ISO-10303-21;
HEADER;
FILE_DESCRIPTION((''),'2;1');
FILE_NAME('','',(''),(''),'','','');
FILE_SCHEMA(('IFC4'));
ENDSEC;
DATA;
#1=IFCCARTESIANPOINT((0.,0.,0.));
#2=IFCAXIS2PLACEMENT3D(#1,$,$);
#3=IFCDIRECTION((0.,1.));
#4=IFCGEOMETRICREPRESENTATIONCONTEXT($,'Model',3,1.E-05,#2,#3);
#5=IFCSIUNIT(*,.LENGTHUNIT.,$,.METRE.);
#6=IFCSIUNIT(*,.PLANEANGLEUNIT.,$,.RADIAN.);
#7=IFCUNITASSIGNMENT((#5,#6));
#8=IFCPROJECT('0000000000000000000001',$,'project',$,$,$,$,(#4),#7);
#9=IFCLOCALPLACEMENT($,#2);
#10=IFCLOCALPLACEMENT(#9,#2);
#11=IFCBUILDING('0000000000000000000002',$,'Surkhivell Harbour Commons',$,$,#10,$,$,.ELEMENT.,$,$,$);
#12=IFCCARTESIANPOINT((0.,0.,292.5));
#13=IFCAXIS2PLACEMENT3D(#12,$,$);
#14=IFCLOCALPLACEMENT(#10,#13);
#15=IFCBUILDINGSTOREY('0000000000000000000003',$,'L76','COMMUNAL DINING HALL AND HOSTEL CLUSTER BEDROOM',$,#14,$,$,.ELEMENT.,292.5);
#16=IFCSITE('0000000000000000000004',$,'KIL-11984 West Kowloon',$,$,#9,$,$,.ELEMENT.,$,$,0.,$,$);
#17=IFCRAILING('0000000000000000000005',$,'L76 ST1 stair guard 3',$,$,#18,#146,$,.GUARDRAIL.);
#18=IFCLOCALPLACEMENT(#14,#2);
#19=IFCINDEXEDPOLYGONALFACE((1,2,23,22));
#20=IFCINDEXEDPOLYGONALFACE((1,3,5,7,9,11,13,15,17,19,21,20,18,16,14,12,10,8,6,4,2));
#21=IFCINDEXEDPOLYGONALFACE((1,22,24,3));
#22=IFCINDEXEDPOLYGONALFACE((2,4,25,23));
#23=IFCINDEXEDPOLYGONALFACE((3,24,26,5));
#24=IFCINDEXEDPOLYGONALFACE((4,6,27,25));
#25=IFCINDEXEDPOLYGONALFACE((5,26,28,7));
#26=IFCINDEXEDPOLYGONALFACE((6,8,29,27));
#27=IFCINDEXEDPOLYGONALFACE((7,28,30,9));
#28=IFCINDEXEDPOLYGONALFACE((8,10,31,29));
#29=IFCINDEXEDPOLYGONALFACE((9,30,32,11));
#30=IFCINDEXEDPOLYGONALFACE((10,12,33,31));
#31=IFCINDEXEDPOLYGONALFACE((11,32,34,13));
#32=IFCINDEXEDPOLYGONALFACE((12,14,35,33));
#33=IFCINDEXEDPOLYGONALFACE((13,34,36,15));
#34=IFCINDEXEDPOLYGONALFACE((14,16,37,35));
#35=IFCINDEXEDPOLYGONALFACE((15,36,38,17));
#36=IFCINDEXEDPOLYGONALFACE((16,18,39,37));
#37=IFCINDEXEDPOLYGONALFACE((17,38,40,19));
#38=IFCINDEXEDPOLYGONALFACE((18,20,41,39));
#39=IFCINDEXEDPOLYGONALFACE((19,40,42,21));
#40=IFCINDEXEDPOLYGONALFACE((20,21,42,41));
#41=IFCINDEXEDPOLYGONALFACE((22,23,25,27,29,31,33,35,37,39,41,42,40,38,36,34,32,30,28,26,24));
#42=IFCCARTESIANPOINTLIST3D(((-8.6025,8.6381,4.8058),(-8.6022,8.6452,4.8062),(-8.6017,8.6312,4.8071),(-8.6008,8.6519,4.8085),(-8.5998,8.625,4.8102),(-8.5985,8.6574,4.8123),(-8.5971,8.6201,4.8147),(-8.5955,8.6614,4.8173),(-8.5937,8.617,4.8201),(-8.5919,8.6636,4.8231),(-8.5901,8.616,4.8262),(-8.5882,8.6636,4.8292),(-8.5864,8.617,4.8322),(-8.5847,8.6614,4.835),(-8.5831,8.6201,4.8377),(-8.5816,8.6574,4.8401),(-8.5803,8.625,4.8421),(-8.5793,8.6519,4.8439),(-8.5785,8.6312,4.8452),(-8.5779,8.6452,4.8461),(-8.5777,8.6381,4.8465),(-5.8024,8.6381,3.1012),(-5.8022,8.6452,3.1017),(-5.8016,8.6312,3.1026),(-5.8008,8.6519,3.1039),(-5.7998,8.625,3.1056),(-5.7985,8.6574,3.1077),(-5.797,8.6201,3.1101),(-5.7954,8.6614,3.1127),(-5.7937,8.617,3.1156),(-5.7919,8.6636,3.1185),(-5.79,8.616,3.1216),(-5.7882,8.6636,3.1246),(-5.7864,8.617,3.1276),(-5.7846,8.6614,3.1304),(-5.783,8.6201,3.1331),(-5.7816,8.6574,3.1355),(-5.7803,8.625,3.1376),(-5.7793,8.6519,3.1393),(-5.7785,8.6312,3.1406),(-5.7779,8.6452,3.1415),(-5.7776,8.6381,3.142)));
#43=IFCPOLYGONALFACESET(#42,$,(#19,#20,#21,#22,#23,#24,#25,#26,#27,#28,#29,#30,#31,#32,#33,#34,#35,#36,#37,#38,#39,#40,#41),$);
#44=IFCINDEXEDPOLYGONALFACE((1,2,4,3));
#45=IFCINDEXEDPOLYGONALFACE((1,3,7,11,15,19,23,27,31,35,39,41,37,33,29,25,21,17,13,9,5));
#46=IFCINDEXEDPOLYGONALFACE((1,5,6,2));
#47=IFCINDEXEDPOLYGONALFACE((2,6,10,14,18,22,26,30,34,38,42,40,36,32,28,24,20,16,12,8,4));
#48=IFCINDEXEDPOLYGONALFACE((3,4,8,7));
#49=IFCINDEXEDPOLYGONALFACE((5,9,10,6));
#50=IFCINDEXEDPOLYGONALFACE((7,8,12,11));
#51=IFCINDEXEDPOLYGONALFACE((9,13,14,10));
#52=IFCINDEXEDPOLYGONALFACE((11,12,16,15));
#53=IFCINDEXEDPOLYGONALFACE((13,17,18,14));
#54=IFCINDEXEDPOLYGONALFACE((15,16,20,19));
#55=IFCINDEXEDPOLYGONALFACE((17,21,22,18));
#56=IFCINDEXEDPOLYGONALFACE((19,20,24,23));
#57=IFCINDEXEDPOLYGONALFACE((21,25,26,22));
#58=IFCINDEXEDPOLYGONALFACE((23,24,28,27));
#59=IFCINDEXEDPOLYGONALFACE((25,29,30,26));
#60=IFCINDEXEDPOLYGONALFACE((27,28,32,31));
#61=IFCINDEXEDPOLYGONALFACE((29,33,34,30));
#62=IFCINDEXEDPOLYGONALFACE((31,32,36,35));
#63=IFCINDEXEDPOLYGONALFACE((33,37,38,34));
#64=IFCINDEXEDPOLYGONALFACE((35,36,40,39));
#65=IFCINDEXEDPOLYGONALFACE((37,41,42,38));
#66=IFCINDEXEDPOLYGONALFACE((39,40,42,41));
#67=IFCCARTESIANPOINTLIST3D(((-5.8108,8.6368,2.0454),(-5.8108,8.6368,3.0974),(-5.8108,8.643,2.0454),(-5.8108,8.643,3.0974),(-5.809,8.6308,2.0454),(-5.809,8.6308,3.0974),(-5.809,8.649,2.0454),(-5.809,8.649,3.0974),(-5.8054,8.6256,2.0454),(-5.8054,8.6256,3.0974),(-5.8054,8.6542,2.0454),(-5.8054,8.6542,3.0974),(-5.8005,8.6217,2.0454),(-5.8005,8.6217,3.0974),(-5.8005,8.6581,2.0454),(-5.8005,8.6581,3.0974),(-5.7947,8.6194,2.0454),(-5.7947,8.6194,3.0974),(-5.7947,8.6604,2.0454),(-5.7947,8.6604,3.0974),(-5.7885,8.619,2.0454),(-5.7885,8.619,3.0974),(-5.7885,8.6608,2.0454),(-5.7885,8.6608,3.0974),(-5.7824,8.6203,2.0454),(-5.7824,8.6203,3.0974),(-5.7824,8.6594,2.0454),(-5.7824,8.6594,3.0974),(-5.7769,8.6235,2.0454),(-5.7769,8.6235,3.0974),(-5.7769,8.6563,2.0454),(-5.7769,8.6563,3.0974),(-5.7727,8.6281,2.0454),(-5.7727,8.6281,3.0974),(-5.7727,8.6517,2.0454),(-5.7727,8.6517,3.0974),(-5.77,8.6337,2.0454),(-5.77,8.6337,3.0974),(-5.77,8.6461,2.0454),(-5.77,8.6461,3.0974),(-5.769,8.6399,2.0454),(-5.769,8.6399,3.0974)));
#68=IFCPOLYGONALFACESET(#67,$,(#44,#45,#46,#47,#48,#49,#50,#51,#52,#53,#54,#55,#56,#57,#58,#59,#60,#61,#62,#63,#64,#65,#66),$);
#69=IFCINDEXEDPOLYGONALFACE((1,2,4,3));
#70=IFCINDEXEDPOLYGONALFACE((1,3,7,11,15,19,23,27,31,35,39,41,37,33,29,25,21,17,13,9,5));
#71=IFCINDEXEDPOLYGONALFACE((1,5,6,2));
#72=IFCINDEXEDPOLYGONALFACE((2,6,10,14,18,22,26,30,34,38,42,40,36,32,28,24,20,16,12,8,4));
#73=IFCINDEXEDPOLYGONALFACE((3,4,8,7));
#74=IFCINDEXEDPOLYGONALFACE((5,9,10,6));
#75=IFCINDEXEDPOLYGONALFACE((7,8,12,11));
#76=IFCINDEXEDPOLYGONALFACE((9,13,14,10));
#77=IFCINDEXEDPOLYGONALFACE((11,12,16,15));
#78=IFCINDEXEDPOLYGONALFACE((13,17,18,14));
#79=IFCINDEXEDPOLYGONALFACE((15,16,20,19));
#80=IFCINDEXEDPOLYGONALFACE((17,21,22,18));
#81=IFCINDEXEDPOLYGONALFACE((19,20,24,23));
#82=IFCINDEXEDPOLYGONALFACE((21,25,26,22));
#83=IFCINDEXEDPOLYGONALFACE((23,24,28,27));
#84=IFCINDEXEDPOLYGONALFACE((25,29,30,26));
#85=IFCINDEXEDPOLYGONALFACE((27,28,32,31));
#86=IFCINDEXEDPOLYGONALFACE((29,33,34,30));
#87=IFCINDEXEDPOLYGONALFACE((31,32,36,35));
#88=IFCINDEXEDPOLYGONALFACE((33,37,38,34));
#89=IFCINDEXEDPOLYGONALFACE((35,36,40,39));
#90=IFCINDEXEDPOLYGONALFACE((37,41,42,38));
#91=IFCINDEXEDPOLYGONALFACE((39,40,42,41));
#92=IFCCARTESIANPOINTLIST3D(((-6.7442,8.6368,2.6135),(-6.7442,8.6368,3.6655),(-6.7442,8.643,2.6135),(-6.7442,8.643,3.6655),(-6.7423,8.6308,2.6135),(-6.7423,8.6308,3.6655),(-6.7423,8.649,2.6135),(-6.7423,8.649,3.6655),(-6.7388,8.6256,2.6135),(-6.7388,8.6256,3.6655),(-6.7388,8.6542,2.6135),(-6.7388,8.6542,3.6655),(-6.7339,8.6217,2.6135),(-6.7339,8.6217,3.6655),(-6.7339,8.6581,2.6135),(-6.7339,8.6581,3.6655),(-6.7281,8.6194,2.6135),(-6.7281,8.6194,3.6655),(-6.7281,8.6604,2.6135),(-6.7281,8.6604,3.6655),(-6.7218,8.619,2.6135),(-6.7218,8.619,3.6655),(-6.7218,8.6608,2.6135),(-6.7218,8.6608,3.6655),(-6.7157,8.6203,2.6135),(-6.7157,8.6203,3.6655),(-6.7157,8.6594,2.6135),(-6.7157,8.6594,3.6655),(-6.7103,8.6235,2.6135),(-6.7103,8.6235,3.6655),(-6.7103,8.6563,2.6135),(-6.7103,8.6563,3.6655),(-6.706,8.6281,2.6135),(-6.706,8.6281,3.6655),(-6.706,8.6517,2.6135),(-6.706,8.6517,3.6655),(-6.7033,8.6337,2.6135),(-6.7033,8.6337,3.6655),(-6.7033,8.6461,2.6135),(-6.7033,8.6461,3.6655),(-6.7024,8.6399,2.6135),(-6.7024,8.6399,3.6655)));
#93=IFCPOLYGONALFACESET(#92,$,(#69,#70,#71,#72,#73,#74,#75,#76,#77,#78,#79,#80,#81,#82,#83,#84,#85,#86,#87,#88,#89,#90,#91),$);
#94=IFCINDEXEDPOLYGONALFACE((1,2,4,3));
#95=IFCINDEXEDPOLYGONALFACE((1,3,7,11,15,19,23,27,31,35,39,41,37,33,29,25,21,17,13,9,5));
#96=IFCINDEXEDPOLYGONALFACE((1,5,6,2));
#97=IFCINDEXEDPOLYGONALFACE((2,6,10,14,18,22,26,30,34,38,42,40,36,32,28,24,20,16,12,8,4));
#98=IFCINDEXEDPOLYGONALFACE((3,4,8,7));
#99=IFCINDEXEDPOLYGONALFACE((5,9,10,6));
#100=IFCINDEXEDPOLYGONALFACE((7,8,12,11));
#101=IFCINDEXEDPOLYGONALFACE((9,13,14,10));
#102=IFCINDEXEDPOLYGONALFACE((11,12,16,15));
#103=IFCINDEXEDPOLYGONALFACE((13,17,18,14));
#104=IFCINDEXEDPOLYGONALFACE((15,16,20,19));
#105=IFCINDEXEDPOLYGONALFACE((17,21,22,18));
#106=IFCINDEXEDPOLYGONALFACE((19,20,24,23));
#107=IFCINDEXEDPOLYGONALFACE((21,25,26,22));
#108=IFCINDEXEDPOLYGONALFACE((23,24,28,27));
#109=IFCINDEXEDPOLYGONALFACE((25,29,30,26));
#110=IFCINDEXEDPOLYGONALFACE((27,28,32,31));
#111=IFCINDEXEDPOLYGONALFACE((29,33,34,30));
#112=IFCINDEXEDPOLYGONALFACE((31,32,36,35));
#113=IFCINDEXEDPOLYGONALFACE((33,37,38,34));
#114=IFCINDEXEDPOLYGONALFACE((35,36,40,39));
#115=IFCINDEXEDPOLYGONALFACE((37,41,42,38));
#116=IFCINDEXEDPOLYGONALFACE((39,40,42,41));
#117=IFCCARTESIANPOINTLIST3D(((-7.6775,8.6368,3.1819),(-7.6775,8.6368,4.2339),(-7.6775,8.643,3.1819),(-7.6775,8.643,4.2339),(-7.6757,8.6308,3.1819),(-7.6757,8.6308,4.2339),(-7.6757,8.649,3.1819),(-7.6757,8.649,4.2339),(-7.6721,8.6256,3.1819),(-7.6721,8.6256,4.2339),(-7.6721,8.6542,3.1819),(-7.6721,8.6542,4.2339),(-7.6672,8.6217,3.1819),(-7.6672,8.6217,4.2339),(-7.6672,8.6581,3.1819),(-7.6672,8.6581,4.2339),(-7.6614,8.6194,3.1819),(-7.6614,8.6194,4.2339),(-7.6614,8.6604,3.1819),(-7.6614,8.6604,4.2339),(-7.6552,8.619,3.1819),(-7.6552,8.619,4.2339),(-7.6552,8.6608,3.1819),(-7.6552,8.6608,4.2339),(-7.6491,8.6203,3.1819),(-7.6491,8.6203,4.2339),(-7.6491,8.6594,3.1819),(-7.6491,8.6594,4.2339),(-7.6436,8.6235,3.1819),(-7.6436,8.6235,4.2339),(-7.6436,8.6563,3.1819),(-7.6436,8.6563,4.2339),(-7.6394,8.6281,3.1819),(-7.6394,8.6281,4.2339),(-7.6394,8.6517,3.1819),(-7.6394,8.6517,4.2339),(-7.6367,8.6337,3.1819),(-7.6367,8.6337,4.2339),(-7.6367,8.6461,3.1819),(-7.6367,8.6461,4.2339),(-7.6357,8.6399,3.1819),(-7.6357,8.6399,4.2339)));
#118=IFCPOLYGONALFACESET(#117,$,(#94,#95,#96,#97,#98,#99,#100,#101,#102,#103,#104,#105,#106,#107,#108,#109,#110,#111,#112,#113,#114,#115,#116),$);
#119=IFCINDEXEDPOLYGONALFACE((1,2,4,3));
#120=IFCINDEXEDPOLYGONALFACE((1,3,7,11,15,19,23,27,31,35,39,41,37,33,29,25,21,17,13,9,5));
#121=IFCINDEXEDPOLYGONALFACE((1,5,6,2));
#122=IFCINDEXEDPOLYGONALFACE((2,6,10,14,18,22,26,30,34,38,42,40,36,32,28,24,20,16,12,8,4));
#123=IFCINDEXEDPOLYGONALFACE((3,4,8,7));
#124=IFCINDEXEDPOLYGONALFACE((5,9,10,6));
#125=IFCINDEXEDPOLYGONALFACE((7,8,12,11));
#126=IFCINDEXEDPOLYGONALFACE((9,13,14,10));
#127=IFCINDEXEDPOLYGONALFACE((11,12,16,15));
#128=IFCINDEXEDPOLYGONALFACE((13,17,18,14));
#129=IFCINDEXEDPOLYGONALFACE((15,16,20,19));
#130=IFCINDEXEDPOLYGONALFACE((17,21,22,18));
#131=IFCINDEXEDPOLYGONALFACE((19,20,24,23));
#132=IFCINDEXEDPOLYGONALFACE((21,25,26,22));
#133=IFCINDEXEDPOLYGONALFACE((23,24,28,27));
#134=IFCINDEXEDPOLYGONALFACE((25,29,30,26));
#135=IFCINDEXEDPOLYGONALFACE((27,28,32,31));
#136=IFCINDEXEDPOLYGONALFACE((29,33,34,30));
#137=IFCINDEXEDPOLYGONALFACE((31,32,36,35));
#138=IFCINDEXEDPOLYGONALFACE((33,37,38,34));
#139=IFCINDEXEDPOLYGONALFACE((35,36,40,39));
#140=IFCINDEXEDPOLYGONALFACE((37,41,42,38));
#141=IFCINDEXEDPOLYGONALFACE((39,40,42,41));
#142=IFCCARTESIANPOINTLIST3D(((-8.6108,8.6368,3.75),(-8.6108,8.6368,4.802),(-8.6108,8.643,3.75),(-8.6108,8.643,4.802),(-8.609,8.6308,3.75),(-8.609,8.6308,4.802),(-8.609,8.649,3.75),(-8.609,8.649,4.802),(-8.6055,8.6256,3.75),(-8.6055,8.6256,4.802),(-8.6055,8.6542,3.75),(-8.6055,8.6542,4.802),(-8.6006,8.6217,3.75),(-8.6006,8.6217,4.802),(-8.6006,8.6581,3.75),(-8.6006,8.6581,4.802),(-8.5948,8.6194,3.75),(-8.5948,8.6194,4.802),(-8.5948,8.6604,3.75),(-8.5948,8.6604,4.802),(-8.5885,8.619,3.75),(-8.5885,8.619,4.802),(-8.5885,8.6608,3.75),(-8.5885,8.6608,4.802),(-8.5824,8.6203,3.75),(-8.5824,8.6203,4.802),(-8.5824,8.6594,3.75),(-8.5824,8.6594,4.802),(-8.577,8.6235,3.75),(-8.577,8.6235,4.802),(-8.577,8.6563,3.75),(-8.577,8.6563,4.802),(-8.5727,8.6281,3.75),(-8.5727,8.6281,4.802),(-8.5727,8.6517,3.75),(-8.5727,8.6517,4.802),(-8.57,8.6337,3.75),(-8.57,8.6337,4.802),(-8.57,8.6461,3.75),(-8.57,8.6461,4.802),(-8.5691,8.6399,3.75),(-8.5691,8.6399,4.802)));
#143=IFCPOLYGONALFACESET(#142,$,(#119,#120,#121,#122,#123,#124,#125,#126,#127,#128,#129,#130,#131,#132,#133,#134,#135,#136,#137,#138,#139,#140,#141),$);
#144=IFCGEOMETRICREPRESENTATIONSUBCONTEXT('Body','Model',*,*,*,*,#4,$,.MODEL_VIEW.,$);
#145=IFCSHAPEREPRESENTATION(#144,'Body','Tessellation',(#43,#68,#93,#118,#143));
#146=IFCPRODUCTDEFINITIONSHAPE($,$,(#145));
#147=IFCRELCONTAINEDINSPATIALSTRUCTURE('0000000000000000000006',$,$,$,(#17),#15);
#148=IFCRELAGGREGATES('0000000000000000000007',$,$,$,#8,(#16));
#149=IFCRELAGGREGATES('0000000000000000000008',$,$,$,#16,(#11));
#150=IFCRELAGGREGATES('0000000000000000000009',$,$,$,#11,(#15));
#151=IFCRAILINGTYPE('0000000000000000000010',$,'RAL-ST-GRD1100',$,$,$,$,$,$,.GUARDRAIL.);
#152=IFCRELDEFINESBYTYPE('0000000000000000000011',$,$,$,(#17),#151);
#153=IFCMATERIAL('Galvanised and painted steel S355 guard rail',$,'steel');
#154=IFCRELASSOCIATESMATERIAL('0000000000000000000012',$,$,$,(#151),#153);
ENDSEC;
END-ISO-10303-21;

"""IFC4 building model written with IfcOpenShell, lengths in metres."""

from ifc_helpers import new_model, si_unit, direction, frame, origin, origin_2d, place, context, subcontext, project, spatial, circle, extrude, material, type_object, element, save


model = new_model("IFC4")

# Units and contexts
model_context = context("Model", 3, precision=1e-05, world=origin(), true_north=direction((0.0, 1.0)))
body_context = subcontext(model_context, "Body", "Model", "MODEL_VIEW")
ifc_project = project(units=[si_unit("LENGTHUNIT", "METRE"), si_unit("PLANEANGLEUNIT", "RADIAN")], contexts=[model_context])

# Site, building, storey
site_placement = place(None, origin())
site = spatial("IfcSite", under=ifc_project, at=site_placement, Name="KIL-11984 West Kowloon", CompositionType="ELEMENT", RefElevation=0.0)
building_placement = place(site_placement, origin())
building = spatial("IfcBuilding", under=site, at=building_placement, Name="Surkhivell Harbour Commons", CompositionType="ELEMENT")
storey_placement = place(building_placement, frame((0.0, 0.0, 292.5)))
storey = spatial("IfcBuildingStorey", under=building, at=storey_placement, Name="L76", Description="COMMUNAL DINING HALL AND HOSTEL CLUSTER BEDROOM", CompositionType="ELEMENT", Elevation=292.5)

# Railing
ifc_material_1 = material(Name="Galvanised and painted steel S355 guard rail", Category="steel")
railing_type_1 = type_object("IfcRailingType", Name="RAL-ST-GRD1100", PredefinedType="GUARDRAIL", material=ifc_material_1)
railing_1_placement = place(storey_placement, frame((-5.79, 8.6399, 2.0454)))
element("IfcRailing", 1, at=railing_1_placement, inside=storey, type_object=railing_type_1, Name="L76 ST1 stair guard 3", PredefinedType="GUARDRAIL", context=body_context, shape_type="SweptSolid", body=[
    extrude(circle(Radius=0.0239, at=origin_2d()), frame((0.0, 0.0, 1.0762), z_axis=(-0.85417, 0.0, 0.519994), x_axis=(0.0, -1.0, 0.0)), (0.0, 0.0, 1.0), 3.2781),
    extrude(circle(Radius=0.021, at=origin_2d()), origin(), (0.0, 0.0, 1.0), 1.052),
    extrude(circle(Radius=0.021, at=origin_2d()), frame((-0.9333, 0.0, 0.5681)), (0.0, 0.0, 1.0), 1.052),
    extrude(circle(Radius=0.021, at=origin_2d()), frame((-1.8667, 0.0, 1.1365)), (0.0, 0.0, 1.0), 1.052),
    extrude(circle(Radius=0.021, at=origin_2d()), frame((-2.8, 0.0, 1.7046)), (0.0, 0.0, 1.0), 1.052),
])

save(model, "model.ifc")
